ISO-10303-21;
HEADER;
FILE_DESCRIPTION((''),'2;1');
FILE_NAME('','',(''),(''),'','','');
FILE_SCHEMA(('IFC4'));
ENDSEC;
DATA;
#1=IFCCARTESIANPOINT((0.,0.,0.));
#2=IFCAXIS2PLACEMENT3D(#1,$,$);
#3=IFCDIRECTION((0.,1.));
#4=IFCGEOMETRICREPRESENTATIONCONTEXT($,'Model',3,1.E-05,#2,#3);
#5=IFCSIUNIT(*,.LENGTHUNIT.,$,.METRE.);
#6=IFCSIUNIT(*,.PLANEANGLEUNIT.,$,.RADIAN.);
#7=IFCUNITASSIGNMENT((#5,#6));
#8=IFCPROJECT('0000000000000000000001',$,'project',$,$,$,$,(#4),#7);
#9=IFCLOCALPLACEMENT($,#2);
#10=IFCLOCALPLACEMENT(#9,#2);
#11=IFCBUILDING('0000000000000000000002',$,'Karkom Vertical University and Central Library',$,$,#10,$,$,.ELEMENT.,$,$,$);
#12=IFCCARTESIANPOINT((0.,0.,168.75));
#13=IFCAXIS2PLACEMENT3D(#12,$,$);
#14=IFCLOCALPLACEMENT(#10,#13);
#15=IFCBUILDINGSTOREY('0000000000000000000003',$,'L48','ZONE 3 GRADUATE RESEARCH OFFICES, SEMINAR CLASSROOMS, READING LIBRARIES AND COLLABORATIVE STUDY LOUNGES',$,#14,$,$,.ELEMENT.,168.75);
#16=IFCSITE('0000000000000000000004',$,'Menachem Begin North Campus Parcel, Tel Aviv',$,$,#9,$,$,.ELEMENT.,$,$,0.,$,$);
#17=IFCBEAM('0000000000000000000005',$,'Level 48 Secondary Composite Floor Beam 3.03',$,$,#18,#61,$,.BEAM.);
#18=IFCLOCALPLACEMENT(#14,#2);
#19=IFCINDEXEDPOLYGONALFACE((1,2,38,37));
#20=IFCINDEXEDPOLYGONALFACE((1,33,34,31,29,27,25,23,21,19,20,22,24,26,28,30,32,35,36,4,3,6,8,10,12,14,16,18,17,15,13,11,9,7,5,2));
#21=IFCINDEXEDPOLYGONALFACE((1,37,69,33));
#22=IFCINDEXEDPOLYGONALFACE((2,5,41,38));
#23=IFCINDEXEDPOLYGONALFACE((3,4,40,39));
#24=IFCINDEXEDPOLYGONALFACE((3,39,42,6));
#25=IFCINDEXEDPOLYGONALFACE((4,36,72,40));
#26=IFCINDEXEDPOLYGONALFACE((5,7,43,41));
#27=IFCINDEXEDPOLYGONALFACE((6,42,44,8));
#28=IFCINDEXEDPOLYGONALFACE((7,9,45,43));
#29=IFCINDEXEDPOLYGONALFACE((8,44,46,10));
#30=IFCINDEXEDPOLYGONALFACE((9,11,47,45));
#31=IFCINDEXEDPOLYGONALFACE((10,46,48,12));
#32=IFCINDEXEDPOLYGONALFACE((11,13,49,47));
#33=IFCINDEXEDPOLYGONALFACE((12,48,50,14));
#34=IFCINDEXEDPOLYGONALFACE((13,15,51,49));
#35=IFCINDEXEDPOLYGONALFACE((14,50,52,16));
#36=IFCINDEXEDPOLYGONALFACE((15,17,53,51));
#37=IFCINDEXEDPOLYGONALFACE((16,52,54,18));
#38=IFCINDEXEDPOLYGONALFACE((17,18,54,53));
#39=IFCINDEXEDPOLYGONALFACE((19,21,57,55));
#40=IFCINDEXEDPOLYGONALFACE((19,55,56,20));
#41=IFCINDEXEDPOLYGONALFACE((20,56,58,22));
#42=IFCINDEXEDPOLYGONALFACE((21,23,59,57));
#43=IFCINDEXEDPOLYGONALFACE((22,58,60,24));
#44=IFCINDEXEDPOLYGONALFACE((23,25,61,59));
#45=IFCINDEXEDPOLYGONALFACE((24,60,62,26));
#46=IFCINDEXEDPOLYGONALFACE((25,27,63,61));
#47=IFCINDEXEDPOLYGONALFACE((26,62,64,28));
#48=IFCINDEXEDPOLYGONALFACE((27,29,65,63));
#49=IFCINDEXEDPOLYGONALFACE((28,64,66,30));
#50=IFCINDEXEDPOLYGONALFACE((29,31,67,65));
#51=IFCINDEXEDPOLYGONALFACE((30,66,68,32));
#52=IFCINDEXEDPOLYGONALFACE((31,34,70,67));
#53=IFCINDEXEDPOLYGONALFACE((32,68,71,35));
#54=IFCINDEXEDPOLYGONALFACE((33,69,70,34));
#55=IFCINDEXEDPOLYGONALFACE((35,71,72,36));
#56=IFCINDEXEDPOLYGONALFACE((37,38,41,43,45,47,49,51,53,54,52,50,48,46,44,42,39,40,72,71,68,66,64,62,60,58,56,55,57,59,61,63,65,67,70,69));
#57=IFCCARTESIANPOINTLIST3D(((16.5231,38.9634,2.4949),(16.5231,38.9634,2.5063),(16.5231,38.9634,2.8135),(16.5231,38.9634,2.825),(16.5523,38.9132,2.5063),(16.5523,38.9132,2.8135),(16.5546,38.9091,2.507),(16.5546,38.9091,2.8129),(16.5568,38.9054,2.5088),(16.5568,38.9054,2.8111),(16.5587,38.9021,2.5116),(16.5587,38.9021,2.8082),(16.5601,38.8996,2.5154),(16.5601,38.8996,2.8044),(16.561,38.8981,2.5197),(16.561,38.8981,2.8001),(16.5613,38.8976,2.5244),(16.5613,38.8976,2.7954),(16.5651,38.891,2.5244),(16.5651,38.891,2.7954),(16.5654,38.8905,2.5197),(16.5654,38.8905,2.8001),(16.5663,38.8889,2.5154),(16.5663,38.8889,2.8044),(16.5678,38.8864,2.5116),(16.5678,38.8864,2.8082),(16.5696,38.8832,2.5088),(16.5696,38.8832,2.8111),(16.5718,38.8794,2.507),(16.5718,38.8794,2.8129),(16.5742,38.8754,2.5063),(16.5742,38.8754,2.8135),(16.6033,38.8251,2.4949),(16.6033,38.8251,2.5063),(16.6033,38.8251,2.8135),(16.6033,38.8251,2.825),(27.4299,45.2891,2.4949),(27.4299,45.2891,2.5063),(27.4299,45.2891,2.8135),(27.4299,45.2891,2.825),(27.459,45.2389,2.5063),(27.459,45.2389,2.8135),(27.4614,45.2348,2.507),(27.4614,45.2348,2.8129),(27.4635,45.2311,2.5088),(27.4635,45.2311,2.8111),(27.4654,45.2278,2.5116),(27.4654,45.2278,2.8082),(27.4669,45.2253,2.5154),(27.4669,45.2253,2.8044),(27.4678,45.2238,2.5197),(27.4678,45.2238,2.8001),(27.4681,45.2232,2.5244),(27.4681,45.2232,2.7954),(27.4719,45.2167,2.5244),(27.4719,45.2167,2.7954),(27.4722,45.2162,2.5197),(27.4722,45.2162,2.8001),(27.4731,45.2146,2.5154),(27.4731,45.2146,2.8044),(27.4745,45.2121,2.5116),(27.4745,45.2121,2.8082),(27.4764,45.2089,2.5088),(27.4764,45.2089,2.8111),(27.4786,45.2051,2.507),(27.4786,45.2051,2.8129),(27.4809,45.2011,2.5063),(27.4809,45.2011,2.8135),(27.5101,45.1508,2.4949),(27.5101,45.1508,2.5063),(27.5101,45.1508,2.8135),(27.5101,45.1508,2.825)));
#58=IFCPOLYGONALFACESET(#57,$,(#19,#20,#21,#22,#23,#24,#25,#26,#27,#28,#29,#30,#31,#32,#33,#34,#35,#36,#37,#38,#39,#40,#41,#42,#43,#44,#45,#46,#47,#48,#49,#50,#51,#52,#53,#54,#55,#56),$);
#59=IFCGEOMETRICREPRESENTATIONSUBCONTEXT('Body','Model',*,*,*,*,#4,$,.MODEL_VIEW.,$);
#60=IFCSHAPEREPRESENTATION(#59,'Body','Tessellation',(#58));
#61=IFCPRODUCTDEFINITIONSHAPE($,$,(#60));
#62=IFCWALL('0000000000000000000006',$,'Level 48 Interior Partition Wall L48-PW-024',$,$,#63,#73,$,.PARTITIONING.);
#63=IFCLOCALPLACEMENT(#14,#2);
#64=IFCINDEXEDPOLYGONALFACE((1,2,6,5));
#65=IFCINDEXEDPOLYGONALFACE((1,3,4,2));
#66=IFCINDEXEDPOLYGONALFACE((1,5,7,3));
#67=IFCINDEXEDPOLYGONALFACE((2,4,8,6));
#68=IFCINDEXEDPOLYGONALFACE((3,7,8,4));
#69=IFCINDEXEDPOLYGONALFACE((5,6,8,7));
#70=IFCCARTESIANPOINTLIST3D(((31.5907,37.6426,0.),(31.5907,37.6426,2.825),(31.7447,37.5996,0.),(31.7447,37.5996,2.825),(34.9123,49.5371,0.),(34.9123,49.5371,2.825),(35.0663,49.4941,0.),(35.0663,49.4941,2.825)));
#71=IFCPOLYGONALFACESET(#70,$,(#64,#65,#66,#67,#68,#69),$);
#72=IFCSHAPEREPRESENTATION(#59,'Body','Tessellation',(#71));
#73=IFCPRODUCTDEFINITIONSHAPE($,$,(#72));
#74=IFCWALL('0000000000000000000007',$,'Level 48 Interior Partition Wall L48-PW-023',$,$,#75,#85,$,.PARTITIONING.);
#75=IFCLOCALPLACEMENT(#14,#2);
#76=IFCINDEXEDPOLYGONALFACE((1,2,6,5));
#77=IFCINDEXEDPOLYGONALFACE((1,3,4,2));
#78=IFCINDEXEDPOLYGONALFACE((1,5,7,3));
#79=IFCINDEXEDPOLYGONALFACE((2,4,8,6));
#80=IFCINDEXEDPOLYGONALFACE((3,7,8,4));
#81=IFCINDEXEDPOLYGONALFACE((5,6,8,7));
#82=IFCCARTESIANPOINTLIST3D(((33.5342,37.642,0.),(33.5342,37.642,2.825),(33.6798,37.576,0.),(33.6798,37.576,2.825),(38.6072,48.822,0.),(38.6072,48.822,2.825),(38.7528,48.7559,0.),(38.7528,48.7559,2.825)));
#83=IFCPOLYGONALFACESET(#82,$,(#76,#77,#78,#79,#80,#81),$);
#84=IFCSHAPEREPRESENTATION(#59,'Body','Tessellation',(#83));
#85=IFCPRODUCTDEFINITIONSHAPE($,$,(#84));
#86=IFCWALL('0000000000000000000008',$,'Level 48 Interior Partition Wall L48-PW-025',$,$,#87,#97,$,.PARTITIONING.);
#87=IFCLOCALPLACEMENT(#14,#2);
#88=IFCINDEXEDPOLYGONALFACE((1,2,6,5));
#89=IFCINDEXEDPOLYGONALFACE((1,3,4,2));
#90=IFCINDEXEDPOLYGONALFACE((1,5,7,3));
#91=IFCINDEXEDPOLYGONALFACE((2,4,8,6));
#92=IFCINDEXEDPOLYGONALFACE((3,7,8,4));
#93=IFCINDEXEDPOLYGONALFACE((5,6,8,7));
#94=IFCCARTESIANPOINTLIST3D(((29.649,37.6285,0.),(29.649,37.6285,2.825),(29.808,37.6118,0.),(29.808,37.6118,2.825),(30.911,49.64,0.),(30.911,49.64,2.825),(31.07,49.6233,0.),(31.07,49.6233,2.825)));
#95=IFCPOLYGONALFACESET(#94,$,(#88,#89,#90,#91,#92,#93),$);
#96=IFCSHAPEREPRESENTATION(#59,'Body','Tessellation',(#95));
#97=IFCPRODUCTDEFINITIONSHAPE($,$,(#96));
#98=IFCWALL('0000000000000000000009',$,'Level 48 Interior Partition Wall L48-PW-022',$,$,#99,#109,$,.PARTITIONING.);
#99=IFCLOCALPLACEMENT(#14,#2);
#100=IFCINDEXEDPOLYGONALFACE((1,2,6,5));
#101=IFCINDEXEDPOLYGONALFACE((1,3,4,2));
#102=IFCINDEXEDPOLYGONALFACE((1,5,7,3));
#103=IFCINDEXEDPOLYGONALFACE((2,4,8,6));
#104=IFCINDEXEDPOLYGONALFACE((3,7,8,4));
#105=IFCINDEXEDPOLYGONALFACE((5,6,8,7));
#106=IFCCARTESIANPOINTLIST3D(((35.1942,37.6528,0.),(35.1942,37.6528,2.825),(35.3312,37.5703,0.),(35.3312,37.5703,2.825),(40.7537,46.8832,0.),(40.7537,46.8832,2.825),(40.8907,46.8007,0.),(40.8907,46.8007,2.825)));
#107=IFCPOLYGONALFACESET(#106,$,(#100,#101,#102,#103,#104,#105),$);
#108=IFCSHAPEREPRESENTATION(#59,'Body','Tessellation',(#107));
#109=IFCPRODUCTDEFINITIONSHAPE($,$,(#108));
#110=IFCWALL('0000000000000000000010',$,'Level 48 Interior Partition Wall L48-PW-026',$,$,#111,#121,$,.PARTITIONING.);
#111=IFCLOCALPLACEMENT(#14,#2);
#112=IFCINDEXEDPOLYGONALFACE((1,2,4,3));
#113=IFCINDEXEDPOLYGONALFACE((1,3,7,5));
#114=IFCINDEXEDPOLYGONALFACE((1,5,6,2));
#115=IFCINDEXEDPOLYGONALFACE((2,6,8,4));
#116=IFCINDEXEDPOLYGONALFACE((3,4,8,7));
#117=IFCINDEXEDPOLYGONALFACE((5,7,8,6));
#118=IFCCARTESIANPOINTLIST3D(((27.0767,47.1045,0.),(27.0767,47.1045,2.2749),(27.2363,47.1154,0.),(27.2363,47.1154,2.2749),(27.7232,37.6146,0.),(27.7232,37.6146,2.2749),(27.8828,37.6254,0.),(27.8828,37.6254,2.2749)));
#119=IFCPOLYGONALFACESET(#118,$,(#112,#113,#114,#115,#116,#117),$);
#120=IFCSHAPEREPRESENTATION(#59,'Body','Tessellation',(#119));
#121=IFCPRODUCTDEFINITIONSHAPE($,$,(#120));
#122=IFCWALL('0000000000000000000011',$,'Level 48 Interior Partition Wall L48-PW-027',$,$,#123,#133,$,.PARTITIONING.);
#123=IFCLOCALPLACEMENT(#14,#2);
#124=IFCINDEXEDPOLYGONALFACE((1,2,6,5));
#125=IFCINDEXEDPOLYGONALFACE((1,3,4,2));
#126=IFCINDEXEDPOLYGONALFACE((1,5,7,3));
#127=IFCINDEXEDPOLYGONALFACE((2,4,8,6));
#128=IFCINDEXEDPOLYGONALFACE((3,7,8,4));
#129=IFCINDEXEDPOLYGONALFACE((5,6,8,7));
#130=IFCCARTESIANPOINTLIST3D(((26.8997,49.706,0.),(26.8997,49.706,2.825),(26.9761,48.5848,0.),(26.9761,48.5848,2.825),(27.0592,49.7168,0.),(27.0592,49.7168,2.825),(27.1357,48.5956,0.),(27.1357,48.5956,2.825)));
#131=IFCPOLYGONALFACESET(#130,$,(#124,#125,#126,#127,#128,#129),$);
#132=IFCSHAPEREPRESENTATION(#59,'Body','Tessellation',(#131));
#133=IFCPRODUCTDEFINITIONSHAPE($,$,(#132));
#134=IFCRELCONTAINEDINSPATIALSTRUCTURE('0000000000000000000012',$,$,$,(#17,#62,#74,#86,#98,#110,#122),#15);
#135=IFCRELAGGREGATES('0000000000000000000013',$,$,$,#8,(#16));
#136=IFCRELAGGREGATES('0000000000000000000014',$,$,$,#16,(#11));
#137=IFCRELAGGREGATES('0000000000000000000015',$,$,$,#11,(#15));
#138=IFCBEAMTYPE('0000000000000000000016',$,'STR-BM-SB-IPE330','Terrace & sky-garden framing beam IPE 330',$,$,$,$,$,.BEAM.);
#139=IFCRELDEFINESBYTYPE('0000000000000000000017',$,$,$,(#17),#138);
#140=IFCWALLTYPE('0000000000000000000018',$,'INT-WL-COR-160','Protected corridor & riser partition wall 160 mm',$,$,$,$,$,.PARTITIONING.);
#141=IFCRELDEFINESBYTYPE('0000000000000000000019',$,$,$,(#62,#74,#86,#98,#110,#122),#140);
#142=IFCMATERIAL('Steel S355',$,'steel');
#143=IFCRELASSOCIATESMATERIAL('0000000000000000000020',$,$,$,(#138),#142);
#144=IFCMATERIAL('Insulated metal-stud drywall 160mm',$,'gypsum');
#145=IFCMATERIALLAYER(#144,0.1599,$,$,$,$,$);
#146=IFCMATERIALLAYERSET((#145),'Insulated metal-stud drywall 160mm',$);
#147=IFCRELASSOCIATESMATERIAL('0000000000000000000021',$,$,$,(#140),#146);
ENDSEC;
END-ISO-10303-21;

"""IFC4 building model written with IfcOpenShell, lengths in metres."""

from ifc_helpers import new_model, si_unit, direction, frame, frame_2d, origin, origin_with_axes, origin_2d, place, context, subcontext, project, spatial, rectangle, i_section, extrude, source, transform, mapped, material, layer, layer_set, material_profile, profile_set, type_object, element, save


model = new_model("IFC4")

# Units and contexts
model_context = context("Model", 3, precision=1e-05, world=origin(), true_north=direction((0.0, 1.0)))
body_context = subcontext(model_context, "Body", "Model", "MODEL_VIEW")
ifc_project = project(units=[si_unit("LENGTHUNIT", "METRE"), si_unit("PLANEANGLEUNIT", "RADIAN")], contexts=[model_context])

# Site, building, storey
site_placement = place(None, origin())
site = spatial("IfcSite", under=ifc_project, at=site_placement, Name="Menachem Begin North Campus Parcel, Tel Aviv", CompositionType="ELEMENT", RefElevation=0.0)
building_placement = place(site_placement, origin())
building = spatial("IfcBuilding", under=site, at=building_placement, Name="Karkom Vertical University and Central Library", CompositionType="ELEMENT")
storey_placement = place(building_placement, frame((0.0, 0.0, 168.75)))
storey = spatial("IfcBuildingStorey", under=building, at=storey_placement, Name="L48", Description="ZONE 3 GRADUATE RESEARCH OFFICES, SEMINAR CLASSROOMS, READING LIBRARIES AND COLLABORATIVE STUDY LOUNGES", CompositionType="ELEMENT", Elevation=168.75)

# Beam
ifc_material_1 = material(Name="Steel S355", Category="steel")
ifc_material_profile_1 = material_profile(ifc_material_1, i_section(OverallWidth=0.1599, OverallDepth=0.3301, WebThickness=0.0076, FlangeThickness=0.0115, FilletRadius=0.0181, at=origin_2d()), Name="IPE 330")
ifc_profile_set_1 = profile_set([ifc_material_profile_1], Name="Steel S355")
beam_type_1 = type_object("IfcBeamType", Name="STR-BM-SB-IPE330", Description="Terrace & sky-garden framing beam IPE 330", PredefinedType="BEAM", material=ifc_profile_set_1)
shared_shape_1 = source(origin_with_axes(), body_context, "Body", "SweptSolid", [
    extrude(i_section(OverallWidth=0.1599, OverallDepth=0.3301, WebThickness=0.0076, FlangeThickness=0.0115, FilletRadius=0.0181, at=origin_2d()), origin(), (0.0, 0.0, 1.0), 12.6084),
])
beam_1_placement = place(storey_placement, frame((27.47, 45.22, 2.6599), z_axis=(-0.865039, -0.501705, 0.0), x_axis=(0.501705, -0.865039, 0.0)))
element("IfcBeam", 1, at=beam_1_placement, inside=storey, type_object=beam_type_1, Name="Level 48 Secondary Composite Floor Beam 3.03", PredefinedType="BEAM", context=body_context, shape_type="MappedRepresentation", body=[
    mapped(shared_shape_1, transform((0.0, 0.0, 0.0), scale=1.0)),
])

# Walls
ifc_material_2 = material(Name="Insulated metal-stud drywall 160mm", Category="gypsum")
ifc_layer = layer(ifc_material_2, 0.1599)
ifc_layer_set = layer_set([ifc_layer], Name="Insulated metal-stud drywall 160mm")
wall_type = type_object("IfcWallType", Name="INT-WL-COR-160", Description="Protected corridor & riser partition wall 160 mm", PredefinedType="PARTITIONING", material=ifc_layer_set)
wall_1_placement = place(storey_placement, frame((31.6677, 37.6211, 0.0), z_axis=(0.0, 0.0, 1.0), x_axis=(0.268959, 0.963152, 0.0)))
element("IfcWall", 2, at=wall_1_placement, inside=storey, type_object=wall_type, Name="Level 48 Interior Partition Wall L48-PW-024", PredefinedType="PARTITIONING", context=body_context, shape_type="SweptSolid", body=[
    extrude(rectangle(XDim=12.3496, YDim=0.1599, at=frame_2d((6.1748, 0.0))), origin(), (0.0, 0.0, 1.0), 2.825),
])
wall_2_placement = place(storey_placement, frame((33.6069, 37.6089, 0.0), z_axis=(0.0, 0.0, 1.0), x_axis=(0.41321, 0.910636, 0.0)))
element("IfcWall", 3, at=wall_2_placement, inside=storey, type_object=wall_type, Name="Level 48 Interior Partition Wall L48-PW-023", PredefinedType="PARTITIONING", context=body_context, shape_type="SweptSolid", body=[
    extrude(rectangle(XDim=12.2771, YDim=0.1599, at=frame_2d((6.1387, 0.0))), origin(), (0.0, 0.0, 1.0), 2.825),
])
wall_3_placement = place(storey_placement, frame((29.7285, 37.6201, 0.0), z_axis=(0.0, 0.0, 1.0), x_axis=(0.104488, 0.994526, 0.0)))
element("IfcWall", 4, at=wall_3_placement, inside=storey, type_object=wall_type, Name="Level 48 Interior Partition Wall L48-PW-025", PredefinedType="PARTITIONING", context=body_context, shape_type="SweptSolid", body=[
    extrude(rectangle(XDim=12.0776, YDim=0.1599, at=frame_2d((6.0388, 0.0))), origin(), (0.0, 0.0, 1.0), 2.825),
])
wall_4_placement = place(storey_placement, frame((35.2627, 37.6116, 0.0), z_axis=(0.0, 0.0, 1.0), x_axis=(0.515948, 0.85662, 0.0)))
element("IfcWall", 5, at=wall_4_placement, inside=storey, type_object=wall_type, Name="Level 48 Interior Partition Wall L48-PW-022", PredefinedType="PARTITIONING", context=body_context, shape_type="SweptSolid", body=[
    extrude(rectangle(XDim=10.7754, YDim=0.1599, at=frame_2d((5.3877, 0.0))), origin(), (0.0, 0.0, 1.0), 2.825),
])
wall_5_placement = place(storey_placement, frame((27.803, 37.6201, 0.0), z_axis=(0.0, 0.0, 1.0), x_axis=(-0.067965, 0.997688, 0.0)))
element("IfcWall", 6, at=wall_5_placement, inside=storey, type_object=wall_type, Name="Level 48 Interior Partition Wall L48-PW-026", PredefinedType="PARTITIONING", context=body_context, shape_type="SweptSolid", body=[
    extrude(rectangle(XDim=9.512, YDim=0.1599, at=frame_2d((4.7559, 0.0))), origin(), (0.0, 0.0, 1.0), 2.2749),
])
wall_6_placement = place(storey_placement, frame((27.0559, 48.5901, 0.0), z_axis=(0.0, 0.0, 1.0), x_axis=(-0.068004, 0.997685, 0.0)))
element("IfcWall", 7, at=wall_6_placement, inside=storey, type_object=wall_type, Name="Level 48 Interior Partition Wall L48-PW-027", PredefinedType="PARTITIONING", context=body_context, shape_type="SweptSolid", body=[
    extrude(rectangle(XDim=1.1238, YDim=0.1599, at=frame_2d((0.562, 0.0))), origin(), (0.0, 0.0, 1.0), 2.825),
])

save(model, "model.ifc")
